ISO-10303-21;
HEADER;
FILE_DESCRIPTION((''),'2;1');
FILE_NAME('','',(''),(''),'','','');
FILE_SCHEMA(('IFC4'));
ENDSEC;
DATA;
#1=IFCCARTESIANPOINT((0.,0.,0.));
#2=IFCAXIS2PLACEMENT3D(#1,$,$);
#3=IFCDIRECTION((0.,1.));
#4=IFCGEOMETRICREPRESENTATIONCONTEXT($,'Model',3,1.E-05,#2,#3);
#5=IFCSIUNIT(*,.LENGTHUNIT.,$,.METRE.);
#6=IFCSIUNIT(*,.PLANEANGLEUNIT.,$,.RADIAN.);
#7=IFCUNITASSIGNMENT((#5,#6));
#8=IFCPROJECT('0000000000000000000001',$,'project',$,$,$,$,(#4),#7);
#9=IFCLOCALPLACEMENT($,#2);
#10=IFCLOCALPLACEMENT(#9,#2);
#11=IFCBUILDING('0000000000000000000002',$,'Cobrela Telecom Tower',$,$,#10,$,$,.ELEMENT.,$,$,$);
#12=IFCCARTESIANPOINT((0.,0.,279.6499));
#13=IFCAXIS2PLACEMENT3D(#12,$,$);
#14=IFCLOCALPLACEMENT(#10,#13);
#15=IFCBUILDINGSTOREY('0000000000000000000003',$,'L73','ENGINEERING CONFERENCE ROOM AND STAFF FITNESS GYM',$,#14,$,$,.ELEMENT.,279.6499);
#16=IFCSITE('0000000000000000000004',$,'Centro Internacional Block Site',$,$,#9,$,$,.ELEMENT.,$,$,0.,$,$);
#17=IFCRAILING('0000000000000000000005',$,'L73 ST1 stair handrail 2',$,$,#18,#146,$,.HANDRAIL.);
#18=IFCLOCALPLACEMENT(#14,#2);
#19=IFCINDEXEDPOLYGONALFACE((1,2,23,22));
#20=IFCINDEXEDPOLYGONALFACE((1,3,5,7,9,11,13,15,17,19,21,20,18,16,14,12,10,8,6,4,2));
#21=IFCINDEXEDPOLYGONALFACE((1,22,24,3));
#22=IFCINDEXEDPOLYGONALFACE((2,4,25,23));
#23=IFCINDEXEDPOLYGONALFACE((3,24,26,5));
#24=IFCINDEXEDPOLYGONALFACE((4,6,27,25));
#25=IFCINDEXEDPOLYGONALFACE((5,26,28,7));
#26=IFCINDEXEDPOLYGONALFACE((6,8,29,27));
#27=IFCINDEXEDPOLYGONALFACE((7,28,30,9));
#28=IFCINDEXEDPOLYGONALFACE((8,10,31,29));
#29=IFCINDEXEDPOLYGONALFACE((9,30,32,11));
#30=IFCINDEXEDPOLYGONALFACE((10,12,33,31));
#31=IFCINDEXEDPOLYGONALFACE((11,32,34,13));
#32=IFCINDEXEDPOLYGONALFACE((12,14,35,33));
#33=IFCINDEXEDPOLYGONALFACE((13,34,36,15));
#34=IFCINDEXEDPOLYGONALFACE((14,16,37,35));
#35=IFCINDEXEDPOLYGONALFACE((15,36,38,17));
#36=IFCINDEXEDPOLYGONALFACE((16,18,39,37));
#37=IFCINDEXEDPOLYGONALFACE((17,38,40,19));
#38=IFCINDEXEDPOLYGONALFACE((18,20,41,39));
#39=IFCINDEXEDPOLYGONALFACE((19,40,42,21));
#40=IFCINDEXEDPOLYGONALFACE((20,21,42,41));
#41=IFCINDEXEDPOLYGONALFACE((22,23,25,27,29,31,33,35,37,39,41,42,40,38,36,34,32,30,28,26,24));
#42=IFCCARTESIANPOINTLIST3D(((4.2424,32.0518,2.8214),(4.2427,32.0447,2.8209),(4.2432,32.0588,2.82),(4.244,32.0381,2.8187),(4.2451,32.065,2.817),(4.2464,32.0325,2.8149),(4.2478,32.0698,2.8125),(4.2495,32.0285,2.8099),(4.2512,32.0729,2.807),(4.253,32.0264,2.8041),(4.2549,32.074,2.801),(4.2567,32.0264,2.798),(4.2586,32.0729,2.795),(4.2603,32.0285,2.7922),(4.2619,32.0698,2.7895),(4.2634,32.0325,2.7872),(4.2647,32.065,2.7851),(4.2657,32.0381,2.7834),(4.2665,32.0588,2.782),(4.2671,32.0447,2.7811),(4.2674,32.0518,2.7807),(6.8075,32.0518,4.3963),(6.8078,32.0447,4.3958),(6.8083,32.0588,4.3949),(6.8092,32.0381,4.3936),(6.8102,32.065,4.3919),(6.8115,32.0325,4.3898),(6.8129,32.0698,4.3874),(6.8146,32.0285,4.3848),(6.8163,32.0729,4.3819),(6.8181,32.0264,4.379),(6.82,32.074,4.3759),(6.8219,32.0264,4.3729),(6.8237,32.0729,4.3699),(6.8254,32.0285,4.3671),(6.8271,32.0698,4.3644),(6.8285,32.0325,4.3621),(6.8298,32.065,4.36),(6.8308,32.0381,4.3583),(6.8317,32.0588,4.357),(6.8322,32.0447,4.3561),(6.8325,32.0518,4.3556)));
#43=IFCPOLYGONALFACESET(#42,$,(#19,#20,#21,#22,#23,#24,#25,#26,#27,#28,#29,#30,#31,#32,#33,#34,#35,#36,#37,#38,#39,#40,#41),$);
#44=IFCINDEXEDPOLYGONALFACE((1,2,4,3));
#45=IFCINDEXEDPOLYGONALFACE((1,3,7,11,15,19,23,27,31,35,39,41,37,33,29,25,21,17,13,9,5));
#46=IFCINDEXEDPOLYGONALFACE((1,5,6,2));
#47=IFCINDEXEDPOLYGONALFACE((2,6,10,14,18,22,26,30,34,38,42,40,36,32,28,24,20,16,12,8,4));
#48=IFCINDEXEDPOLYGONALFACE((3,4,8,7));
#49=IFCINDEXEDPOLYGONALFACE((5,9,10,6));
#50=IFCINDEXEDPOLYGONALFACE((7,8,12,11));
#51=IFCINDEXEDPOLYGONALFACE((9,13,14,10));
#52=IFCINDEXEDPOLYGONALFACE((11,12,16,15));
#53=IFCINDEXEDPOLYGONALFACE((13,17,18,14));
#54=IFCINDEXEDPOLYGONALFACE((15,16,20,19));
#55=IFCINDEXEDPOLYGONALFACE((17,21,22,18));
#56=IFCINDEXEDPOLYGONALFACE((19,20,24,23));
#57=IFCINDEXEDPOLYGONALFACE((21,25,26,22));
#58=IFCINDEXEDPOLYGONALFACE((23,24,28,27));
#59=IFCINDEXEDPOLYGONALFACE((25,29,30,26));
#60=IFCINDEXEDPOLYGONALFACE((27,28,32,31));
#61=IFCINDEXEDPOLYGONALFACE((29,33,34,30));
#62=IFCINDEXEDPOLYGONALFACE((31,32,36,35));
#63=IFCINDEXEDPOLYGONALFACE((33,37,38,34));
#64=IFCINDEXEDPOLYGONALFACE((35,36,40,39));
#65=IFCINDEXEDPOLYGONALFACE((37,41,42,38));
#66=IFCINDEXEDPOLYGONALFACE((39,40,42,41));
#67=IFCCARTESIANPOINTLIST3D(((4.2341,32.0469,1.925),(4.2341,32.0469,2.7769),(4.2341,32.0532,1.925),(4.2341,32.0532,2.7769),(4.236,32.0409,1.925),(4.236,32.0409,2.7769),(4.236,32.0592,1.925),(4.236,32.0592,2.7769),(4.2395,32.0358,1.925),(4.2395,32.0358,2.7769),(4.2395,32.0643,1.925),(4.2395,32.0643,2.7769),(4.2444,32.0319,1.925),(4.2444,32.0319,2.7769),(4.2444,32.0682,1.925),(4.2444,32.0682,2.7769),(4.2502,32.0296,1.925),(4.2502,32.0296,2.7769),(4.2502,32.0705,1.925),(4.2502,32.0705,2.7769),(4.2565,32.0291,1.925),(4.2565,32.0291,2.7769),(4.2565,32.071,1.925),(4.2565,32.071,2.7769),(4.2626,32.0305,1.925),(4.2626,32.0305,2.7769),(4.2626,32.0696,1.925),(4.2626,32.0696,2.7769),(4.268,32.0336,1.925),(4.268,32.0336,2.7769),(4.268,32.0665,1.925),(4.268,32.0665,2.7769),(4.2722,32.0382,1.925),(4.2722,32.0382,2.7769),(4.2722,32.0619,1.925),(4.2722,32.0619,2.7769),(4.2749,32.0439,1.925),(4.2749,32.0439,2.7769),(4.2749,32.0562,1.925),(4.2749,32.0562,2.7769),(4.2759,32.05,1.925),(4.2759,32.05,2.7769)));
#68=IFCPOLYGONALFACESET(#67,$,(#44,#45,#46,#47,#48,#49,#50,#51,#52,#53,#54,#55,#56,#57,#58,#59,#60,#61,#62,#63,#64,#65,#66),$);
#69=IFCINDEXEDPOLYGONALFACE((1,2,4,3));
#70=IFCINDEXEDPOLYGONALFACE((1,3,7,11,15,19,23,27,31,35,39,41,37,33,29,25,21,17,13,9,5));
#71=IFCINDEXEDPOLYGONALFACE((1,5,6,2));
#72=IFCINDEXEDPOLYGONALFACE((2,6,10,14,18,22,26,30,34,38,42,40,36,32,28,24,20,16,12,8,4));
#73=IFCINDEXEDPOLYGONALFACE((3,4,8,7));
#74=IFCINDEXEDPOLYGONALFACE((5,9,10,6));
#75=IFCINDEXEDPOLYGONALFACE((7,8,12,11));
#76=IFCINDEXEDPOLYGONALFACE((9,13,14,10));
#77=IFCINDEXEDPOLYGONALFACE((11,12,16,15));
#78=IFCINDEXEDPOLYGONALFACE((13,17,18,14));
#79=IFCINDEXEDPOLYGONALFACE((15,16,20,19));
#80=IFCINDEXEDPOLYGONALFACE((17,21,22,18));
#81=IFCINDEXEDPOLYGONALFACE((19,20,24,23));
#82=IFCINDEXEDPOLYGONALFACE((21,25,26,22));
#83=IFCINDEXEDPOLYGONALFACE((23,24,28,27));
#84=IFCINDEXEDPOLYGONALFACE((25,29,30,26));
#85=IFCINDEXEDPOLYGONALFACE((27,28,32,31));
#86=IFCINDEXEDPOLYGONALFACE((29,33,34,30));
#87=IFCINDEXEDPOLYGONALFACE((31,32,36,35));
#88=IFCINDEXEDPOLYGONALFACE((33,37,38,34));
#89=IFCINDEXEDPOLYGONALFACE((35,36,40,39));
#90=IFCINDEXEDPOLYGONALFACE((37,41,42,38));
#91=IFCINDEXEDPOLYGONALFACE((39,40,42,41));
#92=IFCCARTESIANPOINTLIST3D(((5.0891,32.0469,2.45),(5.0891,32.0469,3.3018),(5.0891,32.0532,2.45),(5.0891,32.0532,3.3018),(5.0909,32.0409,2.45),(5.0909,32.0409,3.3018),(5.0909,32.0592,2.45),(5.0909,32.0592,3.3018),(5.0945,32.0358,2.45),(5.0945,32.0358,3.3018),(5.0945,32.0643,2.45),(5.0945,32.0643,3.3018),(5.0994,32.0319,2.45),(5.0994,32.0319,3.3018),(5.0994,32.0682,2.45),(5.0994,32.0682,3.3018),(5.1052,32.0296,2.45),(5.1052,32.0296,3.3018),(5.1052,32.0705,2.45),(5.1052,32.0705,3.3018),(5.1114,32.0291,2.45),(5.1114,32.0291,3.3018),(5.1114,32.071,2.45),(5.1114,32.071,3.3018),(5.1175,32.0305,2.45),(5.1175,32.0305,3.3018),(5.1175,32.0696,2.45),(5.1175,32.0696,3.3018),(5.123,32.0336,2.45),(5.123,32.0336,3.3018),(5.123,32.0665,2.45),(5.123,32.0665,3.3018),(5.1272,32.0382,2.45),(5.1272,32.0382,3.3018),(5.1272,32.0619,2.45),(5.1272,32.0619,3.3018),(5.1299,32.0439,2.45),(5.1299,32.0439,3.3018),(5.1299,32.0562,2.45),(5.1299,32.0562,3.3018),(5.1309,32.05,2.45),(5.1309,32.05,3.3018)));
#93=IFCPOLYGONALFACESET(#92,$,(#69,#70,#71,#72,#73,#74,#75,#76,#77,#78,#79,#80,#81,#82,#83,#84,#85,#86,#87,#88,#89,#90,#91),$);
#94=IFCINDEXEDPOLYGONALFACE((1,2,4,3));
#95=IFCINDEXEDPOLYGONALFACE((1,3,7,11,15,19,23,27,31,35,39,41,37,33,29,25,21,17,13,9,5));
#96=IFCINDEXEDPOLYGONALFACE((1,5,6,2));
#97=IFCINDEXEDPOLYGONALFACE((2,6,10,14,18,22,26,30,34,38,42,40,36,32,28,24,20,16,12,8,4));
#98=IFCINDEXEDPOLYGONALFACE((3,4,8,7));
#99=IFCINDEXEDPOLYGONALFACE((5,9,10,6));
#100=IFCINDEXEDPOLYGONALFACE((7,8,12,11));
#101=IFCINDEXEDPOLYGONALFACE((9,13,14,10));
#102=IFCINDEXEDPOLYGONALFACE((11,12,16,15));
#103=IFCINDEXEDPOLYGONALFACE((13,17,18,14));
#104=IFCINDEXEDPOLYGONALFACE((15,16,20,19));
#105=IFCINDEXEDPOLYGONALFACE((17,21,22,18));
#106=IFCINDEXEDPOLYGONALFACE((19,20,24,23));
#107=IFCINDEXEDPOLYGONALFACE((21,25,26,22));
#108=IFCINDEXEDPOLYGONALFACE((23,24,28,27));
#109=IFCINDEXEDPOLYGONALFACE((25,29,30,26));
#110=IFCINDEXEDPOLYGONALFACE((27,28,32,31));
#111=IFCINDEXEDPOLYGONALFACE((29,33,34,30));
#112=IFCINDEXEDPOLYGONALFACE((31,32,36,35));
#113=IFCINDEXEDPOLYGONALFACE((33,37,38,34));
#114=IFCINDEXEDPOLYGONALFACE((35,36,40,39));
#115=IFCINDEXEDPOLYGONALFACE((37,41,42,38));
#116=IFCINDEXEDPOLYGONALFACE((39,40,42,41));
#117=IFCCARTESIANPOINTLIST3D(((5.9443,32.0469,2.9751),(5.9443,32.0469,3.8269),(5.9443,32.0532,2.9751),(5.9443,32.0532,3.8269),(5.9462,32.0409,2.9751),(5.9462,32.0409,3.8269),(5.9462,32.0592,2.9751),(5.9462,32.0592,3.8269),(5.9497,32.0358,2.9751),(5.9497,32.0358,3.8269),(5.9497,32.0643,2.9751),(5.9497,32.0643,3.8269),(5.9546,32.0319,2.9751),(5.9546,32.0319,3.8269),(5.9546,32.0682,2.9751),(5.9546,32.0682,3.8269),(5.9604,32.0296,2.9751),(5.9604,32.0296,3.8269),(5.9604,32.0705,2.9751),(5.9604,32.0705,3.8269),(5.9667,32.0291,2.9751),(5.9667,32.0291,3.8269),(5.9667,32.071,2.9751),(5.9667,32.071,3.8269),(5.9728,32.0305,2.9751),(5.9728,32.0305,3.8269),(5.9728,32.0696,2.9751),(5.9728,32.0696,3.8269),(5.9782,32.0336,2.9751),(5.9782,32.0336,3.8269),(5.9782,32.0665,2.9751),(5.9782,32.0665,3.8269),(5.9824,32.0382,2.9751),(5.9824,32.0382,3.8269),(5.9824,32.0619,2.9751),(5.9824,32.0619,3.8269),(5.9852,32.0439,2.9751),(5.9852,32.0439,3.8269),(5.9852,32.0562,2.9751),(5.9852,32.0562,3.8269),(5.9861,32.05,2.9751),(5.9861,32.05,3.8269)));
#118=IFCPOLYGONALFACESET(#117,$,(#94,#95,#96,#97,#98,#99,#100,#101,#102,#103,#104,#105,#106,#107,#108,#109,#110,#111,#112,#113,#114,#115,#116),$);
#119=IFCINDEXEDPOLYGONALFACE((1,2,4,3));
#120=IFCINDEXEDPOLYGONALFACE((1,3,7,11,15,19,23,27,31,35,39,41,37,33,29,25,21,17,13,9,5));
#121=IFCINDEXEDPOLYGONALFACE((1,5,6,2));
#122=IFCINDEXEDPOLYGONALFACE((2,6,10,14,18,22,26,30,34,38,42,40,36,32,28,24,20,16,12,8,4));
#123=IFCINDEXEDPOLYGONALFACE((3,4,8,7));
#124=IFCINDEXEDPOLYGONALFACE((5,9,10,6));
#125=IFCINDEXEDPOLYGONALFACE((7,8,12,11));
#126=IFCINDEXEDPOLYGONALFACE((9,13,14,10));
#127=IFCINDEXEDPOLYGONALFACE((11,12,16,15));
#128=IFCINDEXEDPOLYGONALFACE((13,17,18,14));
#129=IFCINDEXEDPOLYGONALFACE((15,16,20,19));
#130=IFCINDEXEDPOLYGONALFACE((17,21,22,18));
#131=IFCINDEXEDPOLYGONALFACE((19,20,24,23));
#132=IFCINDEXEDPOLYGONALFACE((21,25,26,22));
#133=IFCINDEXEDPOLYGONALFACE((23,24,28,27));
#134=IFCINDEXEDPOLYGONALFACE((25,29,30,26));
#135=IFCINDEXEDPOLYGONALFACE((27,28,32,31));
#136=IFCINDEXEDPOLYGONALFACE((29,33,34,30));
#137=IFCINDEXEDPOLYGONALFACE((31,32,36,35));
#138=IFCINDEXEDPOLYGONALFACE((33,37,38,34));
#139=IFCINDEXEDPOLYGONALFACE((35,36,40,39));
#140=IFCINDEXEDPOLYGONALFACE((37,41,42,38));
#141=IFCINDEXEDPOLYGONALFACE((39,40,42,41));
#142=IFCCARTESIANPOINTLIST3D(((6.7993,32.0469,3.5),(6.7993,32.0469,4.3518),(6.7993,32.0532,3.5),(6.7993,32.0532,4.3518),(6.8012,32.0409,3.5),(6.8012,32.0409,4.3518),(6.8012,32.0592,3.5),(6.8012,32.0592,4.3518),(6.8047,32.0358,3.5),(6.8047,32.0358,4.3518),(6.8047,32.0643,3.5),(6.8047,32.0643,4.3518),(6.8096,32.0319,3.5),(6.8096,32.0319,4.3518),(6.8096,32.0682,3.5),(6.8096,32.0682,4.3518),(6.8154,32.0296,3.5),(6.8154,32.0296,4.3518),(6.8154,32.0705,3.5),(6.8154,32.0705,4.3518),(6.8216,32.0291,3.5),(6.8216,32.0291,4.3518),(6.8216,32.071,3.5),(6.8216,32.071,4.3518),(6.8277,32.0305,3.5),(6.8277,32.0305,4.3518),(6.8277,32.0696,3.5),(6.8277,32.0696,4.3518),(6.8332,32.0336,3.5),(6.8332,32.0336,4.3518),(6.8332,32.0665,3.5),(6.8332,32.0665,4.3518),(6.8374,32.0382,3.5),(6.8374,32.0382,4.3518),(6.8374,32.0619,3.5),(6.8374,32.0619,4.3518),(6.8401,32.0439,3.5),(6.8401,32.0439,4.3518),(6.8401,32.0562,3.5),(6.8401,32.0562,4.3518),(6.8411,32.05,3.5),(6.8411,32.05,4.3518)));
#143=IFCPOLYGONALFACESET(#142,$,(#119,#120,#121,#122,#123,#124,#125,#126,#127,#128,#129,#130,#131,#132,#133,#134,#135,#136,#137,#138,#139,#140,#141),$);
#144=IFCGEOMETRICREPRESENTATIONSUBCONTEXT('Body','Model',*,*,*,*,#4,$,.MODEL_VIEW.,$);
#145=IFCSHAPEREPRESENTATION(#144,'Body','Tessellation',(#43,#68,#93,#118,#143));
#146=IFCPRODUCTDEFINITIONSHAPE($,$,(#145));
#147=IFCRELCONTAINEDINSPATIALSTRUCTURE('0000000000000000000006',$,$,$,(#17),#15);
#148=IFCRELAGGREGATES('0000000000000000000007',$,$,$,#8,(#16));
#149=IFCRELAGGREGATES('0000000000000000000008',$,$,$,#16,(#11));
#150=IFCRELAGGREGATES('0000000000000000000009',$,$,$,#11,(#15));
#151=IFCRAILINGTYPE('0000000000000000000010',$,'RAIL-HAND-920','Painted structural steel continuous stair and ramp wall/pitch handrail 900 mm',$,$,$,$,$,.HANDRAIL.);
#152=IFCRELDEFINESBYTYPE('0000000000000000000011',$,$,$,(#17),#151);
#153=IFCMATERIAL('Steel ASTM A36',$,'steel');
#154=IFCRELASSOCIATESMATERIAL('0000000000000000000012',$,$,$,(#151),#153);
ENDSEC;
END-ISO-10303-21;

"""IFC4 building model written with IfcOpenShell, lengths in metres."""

from ifc_helpers import new_model, si_unit, direction, frame, origin, origin_2d, place, context, subcontext, project, spatial, circle, extrude, material, type_object, element, save


model = new_model("IFC4")

# Units and contexts
model_context = context("Model", 3, precision=1e-05, world=origin(), true_north=direction((0.0, 1.0)))
body_context = subcontext(model_context, "Body", "Model", "MODEL_VIEW")
ifc_project = project(units=[si_unit("LENGTHUNIT", "METRE"), si_unit("PLANEANGLEUNIT", "RADIAN")], contexts=[model_context])

# Site, building, storey
site_placement = place(None, origin())
site = spatial("IfcSite", under=ifc_project, at=site_placement, Name="Centro Internacional Block Site", CompositionType="ELEMENT", RefElevation=0.0)
building_placement = place(site_placement, origin())
building = spatial("IfcBuilding", under=site, at=building_placement, Name="Cobrela Telecom Tower", CompositionType="ELEMENT")
storey_placement = place(building_placement, frame((0.0, 0.0, 279.6499)))
storey = spatial("IfcBuildingStorey", under=building, at=storey_placement, Name="L73", Description="ENGINEERING CONFERENCE ROOM AND STAFF FITNESS GYM", CompositionType="ELEMENT", Elevation=279.6499)

# Shared definitions
ifc_material_1 = material(Name="Steel ASTM A36", Category="steel")

# Railing
railing_type_1 = type_object("IfcRailingType", Name="RAIL-HAND-920", Description="Painted structural steel continuous stair and ramp wall/pitch handrail 900 mm", PredefinedType="HANDRAIL", material=ifc_material_1)
railing_1_placement = place(storey_placement, frame((4.2549, 32.05, 1.925)))
element("IfcRailing", 1, at=railing_1_placement, inside=storey, type_object=railing_type_1, Name="L73 ST1 stair handrail 2", PredefinedType="HANDRAIL", context=body_context, shape_type="SweptSolid", body=[
    extrude(circle(Radius=0.0239, at=origin_2d()), frame((0.0, 0.0, 0.876), z_axis=(0.852195, 0.0, 0.523224), x_axis=(0.0, 1.0, 0.0)), (0.0, 0.0, 1.0), 3.01),
    extrude(circle(Radius=0.021, at=origin_2d()), origin(), (0.0, 0.0, 1.0), 0.8518),
    extrude(circle(Radius=0.021, at=origin_2d()), frame((0.855, 0.0, 0.5249)), (0.0, 0.0, 1.0), 0.8518),
    extrude(circle(Radius=0.021, at=origin_2d()), frame((1.7102, 0.0, 1.05)), (0.0, 0.0, 1.0), 0.8518),
    extrude(circle(Radius=0.021, at=origin_2d()), frame((2.5652, 0.0, 1.575)), (0.0, 0.0, 1.0), 0.8518),
])

save(model, "model.ifc")
